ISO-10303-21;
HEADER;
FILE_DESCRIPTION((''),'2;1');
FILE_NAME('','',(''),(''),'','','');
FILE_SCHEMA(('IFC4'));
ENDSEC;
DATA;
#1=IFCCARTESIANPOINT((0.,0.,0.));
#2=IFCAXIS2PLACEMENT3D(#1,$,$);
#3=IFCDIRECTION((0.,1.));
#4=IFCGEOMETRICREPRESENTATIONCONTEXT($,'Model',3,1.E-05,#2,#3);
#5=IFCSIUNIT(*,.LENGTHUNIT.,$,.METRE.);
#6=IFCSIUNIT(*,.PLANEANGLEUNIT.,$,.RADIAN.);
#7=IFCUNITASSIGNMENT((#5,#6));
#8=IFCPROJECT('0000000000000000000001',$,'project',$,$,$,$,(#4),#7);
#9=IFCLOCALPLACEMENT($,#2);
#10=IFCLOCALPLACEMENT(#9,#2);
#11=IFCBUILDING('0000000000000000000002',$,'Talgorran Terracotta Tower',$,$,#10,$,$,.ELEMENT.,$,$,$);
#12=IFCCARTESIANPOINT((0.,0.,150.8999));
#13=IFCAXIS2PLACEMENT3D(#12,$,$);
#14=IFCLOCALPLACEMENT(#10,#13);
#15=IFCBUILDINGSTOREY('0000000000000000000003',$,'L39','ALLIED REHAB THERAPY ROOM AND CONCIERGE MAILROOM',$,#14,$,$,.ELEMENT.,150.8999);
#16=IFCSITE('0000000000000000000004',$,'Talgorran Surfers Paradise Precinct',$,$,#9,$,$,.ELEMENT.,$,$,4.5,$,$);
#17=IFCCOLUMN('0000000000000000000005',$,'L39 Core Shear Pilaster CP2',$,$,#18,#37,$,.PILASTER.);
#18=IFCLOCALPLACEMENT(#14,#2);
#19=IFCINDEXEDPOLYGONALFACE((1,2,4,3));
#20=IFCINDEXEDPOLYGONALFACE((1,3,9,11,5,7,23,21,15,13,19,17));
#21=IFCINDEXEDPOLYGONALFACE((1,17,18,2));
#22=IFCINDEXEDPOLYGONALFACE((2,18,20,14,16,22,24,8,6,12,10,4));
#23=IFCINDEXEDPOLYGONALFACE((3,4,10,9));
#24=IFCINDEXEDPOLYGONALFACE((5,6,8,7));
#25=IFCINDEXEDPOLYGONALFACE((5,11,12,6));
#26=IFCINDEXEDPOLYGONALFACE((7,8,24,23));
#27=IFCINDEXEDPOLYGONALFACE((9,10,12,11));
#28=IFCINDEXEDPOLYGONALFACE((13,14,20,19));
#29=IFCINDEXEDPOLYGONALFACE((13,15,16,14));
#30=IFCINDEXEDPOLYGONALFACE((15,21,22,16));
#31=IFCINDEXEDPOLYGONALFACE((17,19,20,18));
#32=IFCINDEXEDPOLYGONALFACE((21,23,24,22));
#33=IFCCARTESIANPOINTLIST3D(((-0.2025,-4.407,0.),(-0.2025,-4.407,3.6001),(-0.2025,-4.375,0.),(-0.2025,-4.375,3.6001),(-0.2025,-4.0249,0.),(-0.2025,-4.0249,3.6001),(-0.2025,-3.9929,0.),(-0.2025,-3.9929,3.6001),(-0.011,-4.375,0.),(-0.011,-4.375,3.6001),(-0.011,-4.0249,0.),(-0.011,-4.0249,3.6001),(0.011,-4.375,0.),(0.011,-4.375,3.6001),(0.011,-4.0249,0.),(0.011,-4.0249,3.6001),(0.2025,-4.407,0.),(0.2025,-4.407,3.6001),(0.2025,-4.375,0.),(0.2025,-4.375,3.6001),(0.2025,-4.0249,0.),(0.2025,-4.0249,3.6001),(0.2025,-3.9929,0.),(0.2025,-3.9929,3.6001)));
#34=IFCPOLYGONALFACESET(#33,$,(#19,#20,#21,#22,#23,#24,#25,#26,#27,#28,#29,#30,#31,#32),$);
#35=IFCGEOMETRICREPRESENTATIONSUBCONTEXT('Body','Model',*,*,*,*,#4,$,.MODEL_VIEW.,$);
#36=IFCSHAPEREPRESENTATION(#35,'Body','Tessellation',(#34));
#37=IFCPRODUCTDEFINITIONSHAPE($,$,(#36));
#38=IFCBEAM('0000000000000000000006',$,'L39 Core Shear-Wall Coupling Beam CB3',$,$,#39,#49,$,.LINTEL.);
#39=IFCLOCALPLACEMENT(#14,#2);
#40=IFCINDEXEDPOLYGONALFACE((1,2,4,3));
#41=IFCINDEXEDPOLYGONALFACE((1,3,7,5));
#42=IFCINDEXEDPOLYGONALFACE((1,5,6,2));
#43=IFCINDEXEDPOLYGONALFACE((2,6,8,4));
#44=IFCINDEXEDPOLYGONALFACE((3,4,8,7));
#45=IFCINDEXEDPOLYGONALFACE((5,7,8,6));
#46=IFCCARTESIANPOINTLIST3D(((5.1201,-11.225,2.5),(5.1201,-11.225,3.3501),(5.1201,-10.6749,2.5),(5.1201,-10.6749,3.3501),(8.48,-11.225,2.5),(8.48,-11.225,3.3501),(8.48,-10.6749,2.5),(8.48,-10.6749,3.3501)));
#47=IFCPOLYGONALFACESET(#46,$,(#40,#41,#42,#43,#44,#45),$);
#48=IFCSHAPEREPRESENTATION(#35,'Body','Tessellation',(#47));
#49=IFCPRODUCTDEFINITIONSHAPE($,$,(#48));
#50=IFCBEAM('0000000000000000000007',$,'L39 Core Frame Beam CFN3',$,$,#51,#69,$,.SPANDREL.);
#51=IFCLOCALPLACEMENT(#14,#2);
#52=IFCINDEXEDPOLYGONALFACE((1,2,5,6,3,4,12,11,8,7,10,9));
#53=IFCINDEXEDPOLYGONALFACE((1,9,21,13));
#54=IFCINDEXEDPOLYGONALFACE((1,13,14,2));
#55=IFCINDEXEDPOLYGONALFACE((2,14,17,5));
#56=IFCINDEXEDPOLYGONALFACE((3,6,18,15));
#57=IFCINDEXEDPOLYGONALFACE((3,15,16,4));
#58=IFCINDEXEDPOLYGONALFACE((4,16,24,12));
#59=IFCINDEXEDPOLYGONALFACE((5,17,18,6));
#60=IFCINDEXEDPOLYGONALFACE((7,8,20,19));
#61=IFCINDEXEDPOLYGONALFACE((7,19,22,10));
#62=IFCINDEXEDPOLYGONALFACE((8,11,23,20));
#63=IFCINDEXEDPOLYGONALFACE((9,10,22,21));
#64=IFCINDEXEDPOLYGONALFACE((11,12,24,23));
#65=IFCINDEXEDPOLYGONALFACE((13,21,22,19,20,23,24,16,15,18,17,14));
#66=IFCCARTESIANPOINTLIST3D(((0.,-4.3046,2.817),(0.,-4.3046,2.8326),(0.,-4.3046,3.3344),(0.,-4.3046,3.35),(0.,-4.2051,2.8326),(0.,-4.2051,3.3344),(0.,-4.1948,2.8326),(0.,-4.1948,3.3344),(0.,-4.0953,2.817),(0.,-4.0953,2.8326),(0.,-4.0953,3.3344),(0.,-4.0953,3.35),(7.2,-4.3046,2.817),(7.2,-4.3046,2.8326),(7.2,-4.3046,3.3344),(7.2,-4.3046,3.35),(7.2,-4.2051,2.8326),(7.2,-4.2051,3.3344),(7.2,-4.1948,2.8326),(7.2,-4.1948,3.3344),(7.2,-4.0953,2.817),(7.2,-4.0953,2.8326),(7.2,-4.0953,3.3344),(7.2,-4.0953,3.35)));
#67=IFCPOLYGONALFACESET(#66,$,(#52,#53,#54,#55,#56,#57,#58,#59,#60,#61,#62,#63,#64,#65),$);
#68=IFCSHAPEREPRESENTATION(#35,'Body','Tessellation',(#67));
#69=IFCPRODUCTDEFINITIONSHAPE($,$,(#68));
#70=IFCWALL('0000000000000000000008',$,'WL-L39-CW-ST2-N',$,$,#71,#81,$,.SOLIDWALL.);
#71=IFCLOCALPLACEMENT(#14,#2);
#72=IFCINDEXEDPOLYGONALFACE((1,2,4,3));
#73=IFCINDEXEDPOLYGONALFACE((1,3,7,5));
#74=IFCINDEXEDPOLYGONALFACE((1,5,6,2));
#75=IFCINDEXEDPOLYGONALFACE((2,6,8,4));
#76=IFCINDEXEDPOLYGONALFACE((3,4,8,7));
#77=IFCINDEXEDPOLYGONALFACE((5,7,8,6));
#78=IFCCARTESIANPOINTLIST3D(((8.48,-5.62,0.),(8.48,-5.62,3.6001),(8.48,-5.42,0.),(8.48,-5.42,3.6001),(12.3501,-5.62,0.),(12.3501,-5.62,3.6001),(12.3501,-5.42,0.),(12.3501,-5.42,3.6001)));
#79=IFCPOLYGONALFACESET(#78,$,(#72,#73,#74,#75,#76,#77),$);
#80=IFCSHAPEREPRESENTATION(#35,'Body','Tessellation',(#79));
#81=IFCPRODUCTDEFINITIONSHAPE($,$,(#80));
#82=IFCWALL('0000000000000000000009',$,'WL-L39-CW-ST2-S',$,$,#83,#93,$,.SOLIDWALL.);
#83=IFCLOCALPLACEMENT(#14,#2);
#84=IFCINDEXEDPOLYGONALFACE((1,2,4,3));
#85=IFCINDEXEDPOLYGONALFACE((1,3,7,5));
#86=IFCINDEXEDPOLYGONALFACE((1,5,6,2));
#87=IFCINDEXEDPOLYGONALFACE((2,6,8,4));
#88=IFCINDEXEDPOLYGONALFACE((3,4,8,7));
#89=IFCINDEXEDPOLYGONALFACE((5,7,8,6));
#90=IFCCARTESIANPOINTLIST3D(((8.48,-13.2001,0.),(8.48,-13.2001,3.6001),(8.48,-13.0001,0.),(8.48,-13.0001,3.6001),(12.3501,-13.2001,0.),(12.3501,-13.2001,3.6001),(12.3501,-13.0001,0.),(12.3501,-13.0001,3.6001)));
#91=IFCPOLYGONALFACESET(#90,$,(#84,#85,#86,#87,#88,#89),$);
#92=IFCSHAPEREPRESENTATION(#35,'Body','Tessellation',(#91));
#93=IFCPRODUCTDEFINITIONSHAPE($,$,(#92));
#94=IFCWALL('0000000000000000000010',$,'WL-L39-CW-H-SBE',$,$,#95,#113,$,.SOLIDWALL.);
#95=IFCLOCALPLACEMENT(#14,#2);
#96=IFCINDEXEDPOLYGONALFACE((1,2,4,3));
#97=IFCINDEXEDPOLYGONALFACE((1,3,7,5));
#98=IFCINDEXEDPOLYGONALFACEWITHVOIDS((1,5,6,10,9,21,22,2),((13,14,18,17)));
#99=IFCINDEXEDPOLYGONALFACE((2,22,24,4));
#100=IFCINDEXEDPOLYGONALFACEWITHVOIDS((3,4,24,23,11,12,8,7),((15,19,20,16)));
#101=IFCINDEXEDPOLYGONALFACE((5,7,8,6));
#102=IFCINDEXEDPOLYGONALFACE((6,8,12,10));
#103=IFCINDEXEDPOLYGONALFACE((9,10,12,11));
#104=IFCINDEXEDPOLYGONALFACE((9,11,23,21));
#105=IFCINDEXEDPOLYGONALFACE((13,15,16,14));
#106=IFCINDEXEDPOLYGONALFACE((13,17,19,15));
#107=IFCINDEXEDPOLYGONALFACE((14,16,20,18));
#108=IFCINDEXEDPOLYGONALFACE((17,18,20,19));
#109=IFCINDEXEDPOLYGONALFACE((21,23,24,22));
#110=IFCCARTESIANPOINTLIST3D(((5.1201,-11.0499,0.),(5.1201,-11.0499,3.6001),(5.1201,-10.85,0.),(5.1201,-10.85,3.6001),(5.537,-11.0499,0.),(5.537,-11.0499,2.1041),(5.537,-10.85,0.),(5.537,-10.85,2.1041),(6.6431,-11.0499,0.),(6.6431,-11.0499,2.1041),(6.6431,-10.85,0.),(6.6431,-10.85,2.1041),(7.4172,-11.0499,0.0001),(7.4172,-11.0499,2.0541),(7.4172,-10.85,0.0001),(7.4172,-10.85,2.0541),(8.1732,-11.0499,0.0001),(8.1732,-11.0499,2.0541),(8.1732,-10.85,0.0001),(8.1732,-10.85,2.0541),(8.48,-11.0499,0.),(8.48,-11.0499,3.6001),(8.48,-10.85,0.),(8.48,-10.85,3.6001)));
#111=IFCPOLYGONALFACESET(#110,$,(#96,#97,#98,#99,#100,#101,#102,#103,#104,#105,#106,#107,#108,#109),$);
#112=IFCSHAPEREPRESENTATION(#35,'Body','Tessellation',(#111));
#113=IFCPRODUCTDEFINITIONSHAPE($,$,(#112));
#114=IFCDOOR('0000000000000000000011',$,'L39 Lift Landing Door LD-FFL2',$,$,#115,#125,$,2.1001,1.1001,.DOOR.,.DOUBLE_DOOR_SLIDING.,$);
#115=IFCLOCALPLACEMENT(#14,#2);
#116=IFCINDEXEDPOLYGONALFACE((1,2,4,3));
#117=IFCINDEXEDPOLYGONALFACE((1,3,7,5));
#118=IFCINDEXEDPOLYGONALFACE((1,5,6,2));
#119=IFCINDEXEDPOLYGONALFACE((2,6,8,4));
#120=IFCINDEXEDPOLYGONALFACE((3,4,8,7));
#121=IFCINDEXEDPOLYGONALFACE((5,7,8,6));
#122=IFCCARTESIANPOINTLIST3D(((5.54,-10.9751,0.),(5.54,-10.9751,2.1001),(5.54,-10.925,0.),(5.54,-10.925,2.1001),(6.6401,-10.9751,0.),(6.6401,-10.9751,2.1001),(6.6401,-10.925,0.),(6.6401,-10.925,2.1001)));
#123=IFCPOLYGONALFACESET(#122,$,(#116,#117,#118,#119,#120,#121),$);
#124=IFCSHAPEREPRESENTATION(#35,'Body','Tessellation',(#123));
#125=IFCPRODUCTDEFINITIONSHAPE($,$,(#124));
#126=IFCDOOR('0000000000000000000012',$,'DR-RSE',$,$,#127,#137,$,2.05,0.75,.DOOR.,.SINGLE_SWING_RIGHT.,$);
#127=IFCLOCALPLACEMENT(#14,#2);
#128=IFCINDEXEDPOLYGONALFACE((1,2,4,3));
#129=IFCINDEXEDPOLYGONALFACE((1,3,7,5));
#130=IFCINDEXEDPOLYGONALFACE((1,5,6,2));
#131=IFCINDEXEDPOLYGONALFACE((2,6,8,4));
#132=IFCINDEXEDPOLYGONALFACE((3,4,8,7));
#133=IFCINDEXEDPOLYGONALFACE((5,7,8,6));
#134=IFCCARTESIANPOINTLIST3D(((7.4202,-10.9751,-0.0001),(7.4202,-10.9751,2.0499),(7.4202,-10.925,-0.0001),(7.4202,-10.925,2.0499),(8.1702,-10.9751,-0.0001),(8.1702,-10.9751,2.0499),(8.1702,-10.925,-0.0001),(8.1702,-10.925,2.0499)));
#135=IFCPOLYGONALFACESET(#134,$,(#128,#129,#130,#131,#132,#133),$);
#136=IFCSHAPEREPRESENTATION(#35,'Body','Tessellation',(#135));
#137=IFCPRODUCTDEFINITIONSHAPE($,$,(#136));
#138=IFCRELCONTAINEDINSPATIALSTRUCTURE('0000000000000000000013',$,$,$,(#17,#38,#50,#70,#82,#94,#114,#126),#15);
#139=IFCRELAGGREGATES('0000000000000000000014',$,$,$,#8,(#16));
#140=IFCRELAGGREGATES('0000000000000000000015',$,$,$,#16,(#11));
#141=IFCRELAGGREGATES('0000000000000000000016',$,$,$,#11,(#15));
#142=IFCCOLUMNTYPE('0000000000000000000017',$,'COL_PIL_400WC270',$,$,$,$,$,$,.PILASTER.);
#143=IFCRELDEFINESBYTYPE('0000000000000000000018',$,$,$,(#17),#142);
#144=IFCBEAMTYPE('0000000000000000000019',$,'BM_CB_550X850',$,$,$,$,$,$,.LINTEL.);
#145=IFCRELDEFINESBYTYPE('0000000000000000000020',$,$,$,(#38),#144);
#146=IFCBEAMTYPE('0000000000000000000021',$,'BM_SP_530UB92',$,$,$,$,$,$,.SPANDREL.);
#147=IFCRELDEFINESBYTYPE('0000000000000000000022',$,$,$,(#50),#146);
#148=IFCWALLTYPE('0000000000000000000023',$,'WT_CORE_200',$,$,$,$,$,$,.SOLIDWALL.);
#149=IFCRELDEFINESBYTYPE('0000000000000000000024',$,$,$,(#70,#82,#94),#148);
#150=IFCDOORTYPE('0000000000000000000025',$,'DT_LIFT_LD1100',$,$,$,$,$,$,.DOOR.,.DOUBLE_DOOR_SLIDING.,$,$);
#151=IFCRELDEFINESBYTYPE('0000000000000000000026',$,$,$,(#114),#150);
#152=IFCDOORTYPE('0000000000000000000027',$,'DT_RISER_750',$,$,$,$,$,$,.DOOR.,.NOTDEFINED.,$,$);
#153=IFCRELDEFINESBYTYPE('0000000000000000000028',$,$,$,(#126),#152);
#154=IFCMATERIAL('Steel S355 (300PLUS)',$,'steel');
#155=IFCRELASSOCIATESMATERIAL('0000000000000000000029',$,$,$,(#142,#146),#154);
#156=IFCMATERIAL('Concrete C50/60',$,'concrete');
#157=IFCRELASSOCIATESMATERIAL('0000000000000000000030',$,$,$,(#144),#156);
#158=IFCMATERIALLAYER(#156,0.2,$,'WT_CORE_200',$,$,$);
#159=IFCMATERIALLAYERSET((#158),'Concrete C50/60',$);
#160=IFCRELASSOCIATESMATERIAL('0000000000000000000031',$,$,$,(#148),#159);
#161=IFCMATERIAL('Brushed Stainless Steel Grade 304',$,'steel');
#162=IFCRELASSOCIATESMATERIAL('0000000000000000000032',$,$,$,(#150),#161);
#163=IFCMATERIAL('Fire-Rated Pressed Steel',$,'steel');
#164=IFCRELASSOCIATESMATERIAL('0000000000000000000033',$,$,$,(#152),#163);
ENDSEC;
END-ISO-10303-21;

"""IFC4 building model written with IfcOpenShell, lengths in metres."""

from ifc_helpers import new_model, si_unit, direction, frame, frame_2d, origin, origin_2d, place, context, subcontext, project, spatial, rectangle, i_section, extrude, material, layer, layer_set, material_profile, profile_set, type_object, element, fill, save


model = new_model("IFC4")

# Units and contexts
model_context = context("Model", 3, precision=1e-05, world=origin(), true_north=direction((0.0, 1.0)))
body_context = subcontext(model_context, "Body", "Model", "MODEL_VIEW")
ifc_project = project(units=[si_unit("LENGTHUNIT", "METRE"), si_unit("PLANEANGLEUNIT", "RADIAN")], contexts=[model_context])

# Site, building, storey
site_placement = place(None, origin())
site = spatial("IfcSite", under=ifc_project, at=site_placement, Name="Talgorran Surfers Paradise Precinct", CompositionType="ELEMENT", RefElevation=4.5)
building_placement = place(site_placement, origin())
building = spatial("IfcBuilding", under=site, at=building_placement, Name="Talgorran Terracotta Tower", CompositionType="ELEMENT")
storey_placement = place(building_placement, frame((0.0, 0.0, 150.8999)))
storey = spatial("IfcBuildingStorey", under=building, at=storey_placement, Name="L39", Description="ALLIED REHAB THERAPY ROOM AND CONCIERGE MAILROOM", CompositionType="ELEMENT", Elevation=150.8999)

# Column
ifc_material_1 = material(Name="Steel S355 (300PLUS)", Category="steel")
ifc_material_profile_1 = material_profile(ifc_material_1, i_section(OverallWidth=0.405, OverallDepth=0.4141, WebThickness=0.022, FlangeThickness=0.032, at=origin_2d()), Name="400WC270")
ifc_profile_set_1 = profile_set([ifc_material_profile_1], Name="Steel S355 (300PLUS)")
column_type = type_object("IfcColumnType", Name="COL_PIL_400WC270", PredefinedType="PILASTER", material=ifc_profile_set_1)
column_placement = place(storey_placement, frame((0.0, -4.2, 0.0), z_axis=(0.0, 0.0, 1.0), x_axis=(1.0, 0.0, 0.0)))
element("IfcColumn", 1, at=column_placement, inside=storey, type_object=column_type, Name="L39 Core Shear Pilaster CP2", PredefinedType="PILASTER", context=body_context, shape_type="SweptSolid", body=[
    extrude(i_section(OverallWidth=0.405, OverallDepth=0.4141, WebThickness=0.022, FlangeThickness=0.032, at=origin_2d()), origin(), (0.0, 0.0, 1.0), 3.6001),
])

# Beams
ifc_material_2 = material(Name="Concrete C50/60", Category="concrete")
ifc_material_profile_2 = material_profile(ifc_material_2, rectangle(XDim=0.55, YDim=0.8501, at=origin_2d()), Name="RCCB550X850")
ifc_profile_set_2 = profile_set([ifc_material_profile_2], Name="Concrete C50/60")
beam_type_1 = type_object("IfcBeamType", Name="BM_CB_550X850", PredefinedType="LINTEL", material=ifc_profile_set_2)
beam_1_placement = place(storey_placement, frame((5.1201, -10.95, 2.925), z_axis=(1.0, 0.0, 0.0), x_axis=(0.0, 1.0, 0.0)))
element("IfcBeam", 2, at=beam_1_placement, inside=storey, type_object=beam_type_1, Name="L39 Core Shear-Wall Coupling Beam CB3", PredefinedType="LINTEL", context=body_context, shape_type="SweptSolid", body=[
    extrude(rectangle(XDim=0.55, YDim=0.8501, at=origin_2d()), origin(), (0.0, 0.0, 1.0), 3.3599),
])
ifc_material_profile_3 = material_profile(ifc_material_1, i_section(OverallWidth=0.2092, OverallDepth=0.533, WebThickness=0.0103, FlangeThickness=0.0156, at=origin_2d()), Name="530UB92.4")
ifc_profile_set_3 = profile_set([ifc_material_profile_3], Name="Steel S355 (300PLUS)")
beam_type_2 = type_object("IfcBeamType", Name="BM_SP_530UB92", PredefinedType="SPANDREL", material=ifc_profile_set_3)
beam_2_placement = place(storey_placement, frame((0.0, -4.2, 3.0835), z_axis=(1.0, 0.0, 0.0), x_axis=(0.0, 1.0, 0.0)))
element("IfcBeam", 3, at=beam_2_placement, inside=storey, type_object=beam_type_2, Name="L39 Core Frame Beam CFN3", PredefinedType="SPANDREL", context=body_context, shape_type="SweptSolid", body=[
    extrude(i_section(OverallWidth=0.2092, OverallDepth=0.533, WebThickness=0.0103, FlangeThickness=0.0156, at=origin_2d()), origin(), (0.0, 0.0, 1.0), 7.2),
])

# Walls
ifc_layer_1 = layer(ifc_material_2, 0.2, Name="WT_CORE_200")
ifc_layer_set_1 = layer_set([ifc_layer_1], Name="Concrete C50/60")
wall_type_1 = type_object("IfcWallType", Name="WT_CORE_200", PredefinedType="SOLIDWALL", material=ifc_layer_set_1)
for number, where, z_axis, x_axis, name in (
    (4, (8.48, -5.52, 0.0), (0.0, 0.0, 1.0), (1.0, 0.0, 0.0), "WL-L39-CW-ST2-N"),
    (5, (8.48, -13.1001, 0.0), (0.0, 0.0, 1.0), (1.0, 0.0, 0.0), "WL-L39-CW-ST2-S"),
):
    element("IfcWall", number, at=place(storey_placement, frame(where, z_axis=z_axis, x_axis=x_axis)), inside=storey, type_object=wall_type_1, Name=name, PredefinedType="SOLIDWALL", context=body_context, shape_type="SweptSolid", body=[
        extrude(rectangle(XDim=3.8701, YDim=0.2, at=frame_2d((1.9351, 0.0))), origin(), (0.0, 0.0, 1.0), 3.6001),
    ])

# Wall, openings, doors
wall_1_placement = place(storey_placement, frame((5.1201, -10.95, 0.0), z_axis=(0.0, 0.0, 1.0), x_axis=(1.0, 0.0, 0.0)))
wall_1 = element("IfcWall", 6, at=wall_1_placement, inside=storey, type_object=wall_type_1, Name="WL-L39-CW-H-SBE", PredefinedType="SOLIDWALL", context=body_context, shape_type="SweptSolid", body=[
    extrude(rectangle(XDim=3.3599, YDim=0.2, at=frame_2d((1.6799, 0.0))), origin(), (0.0, 0.0, 1.0), 3.6001),
])
opening_1_placement = place(wall_1_placement, frame((0.4199, 0.0, 0.0)))
opening_1 = element("IfcOpeningElement", 7, at=opening_1_placement, cuts=wall_1, PredefinedType="OPENING", context=body_context, shape_type="SweptSolid", body=[
    extrude(rectangle(XDim=1.1061, YDim=2.1041, at=frame_2d((0.55, 1.052))), frame((0.0, 0.1099, 0.0), z_axis=(0.0, -1.0, 0.0), x_axis=(1.0, 0.0, 0.0)), (0.0, 0.0, 1.0), 0.22),
])
opening_2_placement = place(wall_1_placement, frame((2.3, 0.0, 0.0)))
opening_2 = element("IfcOpeningElement", 8, at=opening_2_placement, cuts=wall_1, PredefinedType="OPENING", context=body_context, shape_type="SweptSolid", body=[
    extrude(rectangle(XDim=0.756, YDim=2.054, at=frame_2d((0.375, 1.0271))), frame((0.0, 0.1099, 0.0), z_axis=(0.0, -1.0, 0.0), x_axis=(1.0, 0.0, 0.0)), (0.0, 0.0, 1.0), 0.22),
])
ifc_material_3 = material(Name="Brushed Stainless Steel Grade 304", Category="steel")
door_type_1 = type_object("IfcDoorType", Name="DT_LIFT_LD1100", OperationType="DOUBLE_DOOR_SLIDING", PredefinedType="DOOR", material=ifc_material_3)
door_1_placement = place(opening_1_placement, origin())
door_1 = element("IfcDoor", 9, at=door_1_placement, inside=storey, type_object=door_type_1, Name="L39 Lift Landing Door LD-FFL2", OperationType="DOUBLE_DOOR_SLIDING", OverallHeight=2.1001, OverallWidth=1.1001, PredefinedType="DOOR", context=body_context, shape_type="SweptSolid", body=[
    extrude(rectangle(XDim=1.1001, YDim=2.1001, at=frame_2d((0.55, 1.05))), frame((0.0, 0.0249, 0.0), z_axis=(0.0, -1.0, 0.0), x_axis=(1.0, 0.0, 0.0)), (0.0, 0.0, 1.0), 0.05),
])
fill(opening_1, door_1)
ifc_material_4 = material(Name="Fire-Rated Pressed Steel", Category="steel")
door_type_2 = type_object("IfcDoorType", Name="DT_RISER_750", OperationType="NOTDEFINED", PredefinedType="DOOR", material=ifc_material_4)
door_2_placement = place(opening_2_placement, origin())
door_2 = element("IfcDoor", 10, at=door_2_placement, inside=storey, type_object=door_type_2, Name="DR-RSE", OperationType="SINGLE_SWING_RIGHT", OverallHeight=2.05, OverallWidth=0.75, PredefinedType="DOOR", context=body_context, shape_type="SweptSolid", body=[
    extrude(rectangle(XDim=0.75, YDim=2.05, at=frame_2d((0.375, 1.0249))), frame((0.0, 0.0249, 0.0), z_axis=(0.0, -1.0, 0.0), x_axis=(1.0, 0.0, 0.0)), (0.0, 0.0, 1.0), 0.05),
])
fill(opening_2, door_2)

save(model, "model.ifc")
